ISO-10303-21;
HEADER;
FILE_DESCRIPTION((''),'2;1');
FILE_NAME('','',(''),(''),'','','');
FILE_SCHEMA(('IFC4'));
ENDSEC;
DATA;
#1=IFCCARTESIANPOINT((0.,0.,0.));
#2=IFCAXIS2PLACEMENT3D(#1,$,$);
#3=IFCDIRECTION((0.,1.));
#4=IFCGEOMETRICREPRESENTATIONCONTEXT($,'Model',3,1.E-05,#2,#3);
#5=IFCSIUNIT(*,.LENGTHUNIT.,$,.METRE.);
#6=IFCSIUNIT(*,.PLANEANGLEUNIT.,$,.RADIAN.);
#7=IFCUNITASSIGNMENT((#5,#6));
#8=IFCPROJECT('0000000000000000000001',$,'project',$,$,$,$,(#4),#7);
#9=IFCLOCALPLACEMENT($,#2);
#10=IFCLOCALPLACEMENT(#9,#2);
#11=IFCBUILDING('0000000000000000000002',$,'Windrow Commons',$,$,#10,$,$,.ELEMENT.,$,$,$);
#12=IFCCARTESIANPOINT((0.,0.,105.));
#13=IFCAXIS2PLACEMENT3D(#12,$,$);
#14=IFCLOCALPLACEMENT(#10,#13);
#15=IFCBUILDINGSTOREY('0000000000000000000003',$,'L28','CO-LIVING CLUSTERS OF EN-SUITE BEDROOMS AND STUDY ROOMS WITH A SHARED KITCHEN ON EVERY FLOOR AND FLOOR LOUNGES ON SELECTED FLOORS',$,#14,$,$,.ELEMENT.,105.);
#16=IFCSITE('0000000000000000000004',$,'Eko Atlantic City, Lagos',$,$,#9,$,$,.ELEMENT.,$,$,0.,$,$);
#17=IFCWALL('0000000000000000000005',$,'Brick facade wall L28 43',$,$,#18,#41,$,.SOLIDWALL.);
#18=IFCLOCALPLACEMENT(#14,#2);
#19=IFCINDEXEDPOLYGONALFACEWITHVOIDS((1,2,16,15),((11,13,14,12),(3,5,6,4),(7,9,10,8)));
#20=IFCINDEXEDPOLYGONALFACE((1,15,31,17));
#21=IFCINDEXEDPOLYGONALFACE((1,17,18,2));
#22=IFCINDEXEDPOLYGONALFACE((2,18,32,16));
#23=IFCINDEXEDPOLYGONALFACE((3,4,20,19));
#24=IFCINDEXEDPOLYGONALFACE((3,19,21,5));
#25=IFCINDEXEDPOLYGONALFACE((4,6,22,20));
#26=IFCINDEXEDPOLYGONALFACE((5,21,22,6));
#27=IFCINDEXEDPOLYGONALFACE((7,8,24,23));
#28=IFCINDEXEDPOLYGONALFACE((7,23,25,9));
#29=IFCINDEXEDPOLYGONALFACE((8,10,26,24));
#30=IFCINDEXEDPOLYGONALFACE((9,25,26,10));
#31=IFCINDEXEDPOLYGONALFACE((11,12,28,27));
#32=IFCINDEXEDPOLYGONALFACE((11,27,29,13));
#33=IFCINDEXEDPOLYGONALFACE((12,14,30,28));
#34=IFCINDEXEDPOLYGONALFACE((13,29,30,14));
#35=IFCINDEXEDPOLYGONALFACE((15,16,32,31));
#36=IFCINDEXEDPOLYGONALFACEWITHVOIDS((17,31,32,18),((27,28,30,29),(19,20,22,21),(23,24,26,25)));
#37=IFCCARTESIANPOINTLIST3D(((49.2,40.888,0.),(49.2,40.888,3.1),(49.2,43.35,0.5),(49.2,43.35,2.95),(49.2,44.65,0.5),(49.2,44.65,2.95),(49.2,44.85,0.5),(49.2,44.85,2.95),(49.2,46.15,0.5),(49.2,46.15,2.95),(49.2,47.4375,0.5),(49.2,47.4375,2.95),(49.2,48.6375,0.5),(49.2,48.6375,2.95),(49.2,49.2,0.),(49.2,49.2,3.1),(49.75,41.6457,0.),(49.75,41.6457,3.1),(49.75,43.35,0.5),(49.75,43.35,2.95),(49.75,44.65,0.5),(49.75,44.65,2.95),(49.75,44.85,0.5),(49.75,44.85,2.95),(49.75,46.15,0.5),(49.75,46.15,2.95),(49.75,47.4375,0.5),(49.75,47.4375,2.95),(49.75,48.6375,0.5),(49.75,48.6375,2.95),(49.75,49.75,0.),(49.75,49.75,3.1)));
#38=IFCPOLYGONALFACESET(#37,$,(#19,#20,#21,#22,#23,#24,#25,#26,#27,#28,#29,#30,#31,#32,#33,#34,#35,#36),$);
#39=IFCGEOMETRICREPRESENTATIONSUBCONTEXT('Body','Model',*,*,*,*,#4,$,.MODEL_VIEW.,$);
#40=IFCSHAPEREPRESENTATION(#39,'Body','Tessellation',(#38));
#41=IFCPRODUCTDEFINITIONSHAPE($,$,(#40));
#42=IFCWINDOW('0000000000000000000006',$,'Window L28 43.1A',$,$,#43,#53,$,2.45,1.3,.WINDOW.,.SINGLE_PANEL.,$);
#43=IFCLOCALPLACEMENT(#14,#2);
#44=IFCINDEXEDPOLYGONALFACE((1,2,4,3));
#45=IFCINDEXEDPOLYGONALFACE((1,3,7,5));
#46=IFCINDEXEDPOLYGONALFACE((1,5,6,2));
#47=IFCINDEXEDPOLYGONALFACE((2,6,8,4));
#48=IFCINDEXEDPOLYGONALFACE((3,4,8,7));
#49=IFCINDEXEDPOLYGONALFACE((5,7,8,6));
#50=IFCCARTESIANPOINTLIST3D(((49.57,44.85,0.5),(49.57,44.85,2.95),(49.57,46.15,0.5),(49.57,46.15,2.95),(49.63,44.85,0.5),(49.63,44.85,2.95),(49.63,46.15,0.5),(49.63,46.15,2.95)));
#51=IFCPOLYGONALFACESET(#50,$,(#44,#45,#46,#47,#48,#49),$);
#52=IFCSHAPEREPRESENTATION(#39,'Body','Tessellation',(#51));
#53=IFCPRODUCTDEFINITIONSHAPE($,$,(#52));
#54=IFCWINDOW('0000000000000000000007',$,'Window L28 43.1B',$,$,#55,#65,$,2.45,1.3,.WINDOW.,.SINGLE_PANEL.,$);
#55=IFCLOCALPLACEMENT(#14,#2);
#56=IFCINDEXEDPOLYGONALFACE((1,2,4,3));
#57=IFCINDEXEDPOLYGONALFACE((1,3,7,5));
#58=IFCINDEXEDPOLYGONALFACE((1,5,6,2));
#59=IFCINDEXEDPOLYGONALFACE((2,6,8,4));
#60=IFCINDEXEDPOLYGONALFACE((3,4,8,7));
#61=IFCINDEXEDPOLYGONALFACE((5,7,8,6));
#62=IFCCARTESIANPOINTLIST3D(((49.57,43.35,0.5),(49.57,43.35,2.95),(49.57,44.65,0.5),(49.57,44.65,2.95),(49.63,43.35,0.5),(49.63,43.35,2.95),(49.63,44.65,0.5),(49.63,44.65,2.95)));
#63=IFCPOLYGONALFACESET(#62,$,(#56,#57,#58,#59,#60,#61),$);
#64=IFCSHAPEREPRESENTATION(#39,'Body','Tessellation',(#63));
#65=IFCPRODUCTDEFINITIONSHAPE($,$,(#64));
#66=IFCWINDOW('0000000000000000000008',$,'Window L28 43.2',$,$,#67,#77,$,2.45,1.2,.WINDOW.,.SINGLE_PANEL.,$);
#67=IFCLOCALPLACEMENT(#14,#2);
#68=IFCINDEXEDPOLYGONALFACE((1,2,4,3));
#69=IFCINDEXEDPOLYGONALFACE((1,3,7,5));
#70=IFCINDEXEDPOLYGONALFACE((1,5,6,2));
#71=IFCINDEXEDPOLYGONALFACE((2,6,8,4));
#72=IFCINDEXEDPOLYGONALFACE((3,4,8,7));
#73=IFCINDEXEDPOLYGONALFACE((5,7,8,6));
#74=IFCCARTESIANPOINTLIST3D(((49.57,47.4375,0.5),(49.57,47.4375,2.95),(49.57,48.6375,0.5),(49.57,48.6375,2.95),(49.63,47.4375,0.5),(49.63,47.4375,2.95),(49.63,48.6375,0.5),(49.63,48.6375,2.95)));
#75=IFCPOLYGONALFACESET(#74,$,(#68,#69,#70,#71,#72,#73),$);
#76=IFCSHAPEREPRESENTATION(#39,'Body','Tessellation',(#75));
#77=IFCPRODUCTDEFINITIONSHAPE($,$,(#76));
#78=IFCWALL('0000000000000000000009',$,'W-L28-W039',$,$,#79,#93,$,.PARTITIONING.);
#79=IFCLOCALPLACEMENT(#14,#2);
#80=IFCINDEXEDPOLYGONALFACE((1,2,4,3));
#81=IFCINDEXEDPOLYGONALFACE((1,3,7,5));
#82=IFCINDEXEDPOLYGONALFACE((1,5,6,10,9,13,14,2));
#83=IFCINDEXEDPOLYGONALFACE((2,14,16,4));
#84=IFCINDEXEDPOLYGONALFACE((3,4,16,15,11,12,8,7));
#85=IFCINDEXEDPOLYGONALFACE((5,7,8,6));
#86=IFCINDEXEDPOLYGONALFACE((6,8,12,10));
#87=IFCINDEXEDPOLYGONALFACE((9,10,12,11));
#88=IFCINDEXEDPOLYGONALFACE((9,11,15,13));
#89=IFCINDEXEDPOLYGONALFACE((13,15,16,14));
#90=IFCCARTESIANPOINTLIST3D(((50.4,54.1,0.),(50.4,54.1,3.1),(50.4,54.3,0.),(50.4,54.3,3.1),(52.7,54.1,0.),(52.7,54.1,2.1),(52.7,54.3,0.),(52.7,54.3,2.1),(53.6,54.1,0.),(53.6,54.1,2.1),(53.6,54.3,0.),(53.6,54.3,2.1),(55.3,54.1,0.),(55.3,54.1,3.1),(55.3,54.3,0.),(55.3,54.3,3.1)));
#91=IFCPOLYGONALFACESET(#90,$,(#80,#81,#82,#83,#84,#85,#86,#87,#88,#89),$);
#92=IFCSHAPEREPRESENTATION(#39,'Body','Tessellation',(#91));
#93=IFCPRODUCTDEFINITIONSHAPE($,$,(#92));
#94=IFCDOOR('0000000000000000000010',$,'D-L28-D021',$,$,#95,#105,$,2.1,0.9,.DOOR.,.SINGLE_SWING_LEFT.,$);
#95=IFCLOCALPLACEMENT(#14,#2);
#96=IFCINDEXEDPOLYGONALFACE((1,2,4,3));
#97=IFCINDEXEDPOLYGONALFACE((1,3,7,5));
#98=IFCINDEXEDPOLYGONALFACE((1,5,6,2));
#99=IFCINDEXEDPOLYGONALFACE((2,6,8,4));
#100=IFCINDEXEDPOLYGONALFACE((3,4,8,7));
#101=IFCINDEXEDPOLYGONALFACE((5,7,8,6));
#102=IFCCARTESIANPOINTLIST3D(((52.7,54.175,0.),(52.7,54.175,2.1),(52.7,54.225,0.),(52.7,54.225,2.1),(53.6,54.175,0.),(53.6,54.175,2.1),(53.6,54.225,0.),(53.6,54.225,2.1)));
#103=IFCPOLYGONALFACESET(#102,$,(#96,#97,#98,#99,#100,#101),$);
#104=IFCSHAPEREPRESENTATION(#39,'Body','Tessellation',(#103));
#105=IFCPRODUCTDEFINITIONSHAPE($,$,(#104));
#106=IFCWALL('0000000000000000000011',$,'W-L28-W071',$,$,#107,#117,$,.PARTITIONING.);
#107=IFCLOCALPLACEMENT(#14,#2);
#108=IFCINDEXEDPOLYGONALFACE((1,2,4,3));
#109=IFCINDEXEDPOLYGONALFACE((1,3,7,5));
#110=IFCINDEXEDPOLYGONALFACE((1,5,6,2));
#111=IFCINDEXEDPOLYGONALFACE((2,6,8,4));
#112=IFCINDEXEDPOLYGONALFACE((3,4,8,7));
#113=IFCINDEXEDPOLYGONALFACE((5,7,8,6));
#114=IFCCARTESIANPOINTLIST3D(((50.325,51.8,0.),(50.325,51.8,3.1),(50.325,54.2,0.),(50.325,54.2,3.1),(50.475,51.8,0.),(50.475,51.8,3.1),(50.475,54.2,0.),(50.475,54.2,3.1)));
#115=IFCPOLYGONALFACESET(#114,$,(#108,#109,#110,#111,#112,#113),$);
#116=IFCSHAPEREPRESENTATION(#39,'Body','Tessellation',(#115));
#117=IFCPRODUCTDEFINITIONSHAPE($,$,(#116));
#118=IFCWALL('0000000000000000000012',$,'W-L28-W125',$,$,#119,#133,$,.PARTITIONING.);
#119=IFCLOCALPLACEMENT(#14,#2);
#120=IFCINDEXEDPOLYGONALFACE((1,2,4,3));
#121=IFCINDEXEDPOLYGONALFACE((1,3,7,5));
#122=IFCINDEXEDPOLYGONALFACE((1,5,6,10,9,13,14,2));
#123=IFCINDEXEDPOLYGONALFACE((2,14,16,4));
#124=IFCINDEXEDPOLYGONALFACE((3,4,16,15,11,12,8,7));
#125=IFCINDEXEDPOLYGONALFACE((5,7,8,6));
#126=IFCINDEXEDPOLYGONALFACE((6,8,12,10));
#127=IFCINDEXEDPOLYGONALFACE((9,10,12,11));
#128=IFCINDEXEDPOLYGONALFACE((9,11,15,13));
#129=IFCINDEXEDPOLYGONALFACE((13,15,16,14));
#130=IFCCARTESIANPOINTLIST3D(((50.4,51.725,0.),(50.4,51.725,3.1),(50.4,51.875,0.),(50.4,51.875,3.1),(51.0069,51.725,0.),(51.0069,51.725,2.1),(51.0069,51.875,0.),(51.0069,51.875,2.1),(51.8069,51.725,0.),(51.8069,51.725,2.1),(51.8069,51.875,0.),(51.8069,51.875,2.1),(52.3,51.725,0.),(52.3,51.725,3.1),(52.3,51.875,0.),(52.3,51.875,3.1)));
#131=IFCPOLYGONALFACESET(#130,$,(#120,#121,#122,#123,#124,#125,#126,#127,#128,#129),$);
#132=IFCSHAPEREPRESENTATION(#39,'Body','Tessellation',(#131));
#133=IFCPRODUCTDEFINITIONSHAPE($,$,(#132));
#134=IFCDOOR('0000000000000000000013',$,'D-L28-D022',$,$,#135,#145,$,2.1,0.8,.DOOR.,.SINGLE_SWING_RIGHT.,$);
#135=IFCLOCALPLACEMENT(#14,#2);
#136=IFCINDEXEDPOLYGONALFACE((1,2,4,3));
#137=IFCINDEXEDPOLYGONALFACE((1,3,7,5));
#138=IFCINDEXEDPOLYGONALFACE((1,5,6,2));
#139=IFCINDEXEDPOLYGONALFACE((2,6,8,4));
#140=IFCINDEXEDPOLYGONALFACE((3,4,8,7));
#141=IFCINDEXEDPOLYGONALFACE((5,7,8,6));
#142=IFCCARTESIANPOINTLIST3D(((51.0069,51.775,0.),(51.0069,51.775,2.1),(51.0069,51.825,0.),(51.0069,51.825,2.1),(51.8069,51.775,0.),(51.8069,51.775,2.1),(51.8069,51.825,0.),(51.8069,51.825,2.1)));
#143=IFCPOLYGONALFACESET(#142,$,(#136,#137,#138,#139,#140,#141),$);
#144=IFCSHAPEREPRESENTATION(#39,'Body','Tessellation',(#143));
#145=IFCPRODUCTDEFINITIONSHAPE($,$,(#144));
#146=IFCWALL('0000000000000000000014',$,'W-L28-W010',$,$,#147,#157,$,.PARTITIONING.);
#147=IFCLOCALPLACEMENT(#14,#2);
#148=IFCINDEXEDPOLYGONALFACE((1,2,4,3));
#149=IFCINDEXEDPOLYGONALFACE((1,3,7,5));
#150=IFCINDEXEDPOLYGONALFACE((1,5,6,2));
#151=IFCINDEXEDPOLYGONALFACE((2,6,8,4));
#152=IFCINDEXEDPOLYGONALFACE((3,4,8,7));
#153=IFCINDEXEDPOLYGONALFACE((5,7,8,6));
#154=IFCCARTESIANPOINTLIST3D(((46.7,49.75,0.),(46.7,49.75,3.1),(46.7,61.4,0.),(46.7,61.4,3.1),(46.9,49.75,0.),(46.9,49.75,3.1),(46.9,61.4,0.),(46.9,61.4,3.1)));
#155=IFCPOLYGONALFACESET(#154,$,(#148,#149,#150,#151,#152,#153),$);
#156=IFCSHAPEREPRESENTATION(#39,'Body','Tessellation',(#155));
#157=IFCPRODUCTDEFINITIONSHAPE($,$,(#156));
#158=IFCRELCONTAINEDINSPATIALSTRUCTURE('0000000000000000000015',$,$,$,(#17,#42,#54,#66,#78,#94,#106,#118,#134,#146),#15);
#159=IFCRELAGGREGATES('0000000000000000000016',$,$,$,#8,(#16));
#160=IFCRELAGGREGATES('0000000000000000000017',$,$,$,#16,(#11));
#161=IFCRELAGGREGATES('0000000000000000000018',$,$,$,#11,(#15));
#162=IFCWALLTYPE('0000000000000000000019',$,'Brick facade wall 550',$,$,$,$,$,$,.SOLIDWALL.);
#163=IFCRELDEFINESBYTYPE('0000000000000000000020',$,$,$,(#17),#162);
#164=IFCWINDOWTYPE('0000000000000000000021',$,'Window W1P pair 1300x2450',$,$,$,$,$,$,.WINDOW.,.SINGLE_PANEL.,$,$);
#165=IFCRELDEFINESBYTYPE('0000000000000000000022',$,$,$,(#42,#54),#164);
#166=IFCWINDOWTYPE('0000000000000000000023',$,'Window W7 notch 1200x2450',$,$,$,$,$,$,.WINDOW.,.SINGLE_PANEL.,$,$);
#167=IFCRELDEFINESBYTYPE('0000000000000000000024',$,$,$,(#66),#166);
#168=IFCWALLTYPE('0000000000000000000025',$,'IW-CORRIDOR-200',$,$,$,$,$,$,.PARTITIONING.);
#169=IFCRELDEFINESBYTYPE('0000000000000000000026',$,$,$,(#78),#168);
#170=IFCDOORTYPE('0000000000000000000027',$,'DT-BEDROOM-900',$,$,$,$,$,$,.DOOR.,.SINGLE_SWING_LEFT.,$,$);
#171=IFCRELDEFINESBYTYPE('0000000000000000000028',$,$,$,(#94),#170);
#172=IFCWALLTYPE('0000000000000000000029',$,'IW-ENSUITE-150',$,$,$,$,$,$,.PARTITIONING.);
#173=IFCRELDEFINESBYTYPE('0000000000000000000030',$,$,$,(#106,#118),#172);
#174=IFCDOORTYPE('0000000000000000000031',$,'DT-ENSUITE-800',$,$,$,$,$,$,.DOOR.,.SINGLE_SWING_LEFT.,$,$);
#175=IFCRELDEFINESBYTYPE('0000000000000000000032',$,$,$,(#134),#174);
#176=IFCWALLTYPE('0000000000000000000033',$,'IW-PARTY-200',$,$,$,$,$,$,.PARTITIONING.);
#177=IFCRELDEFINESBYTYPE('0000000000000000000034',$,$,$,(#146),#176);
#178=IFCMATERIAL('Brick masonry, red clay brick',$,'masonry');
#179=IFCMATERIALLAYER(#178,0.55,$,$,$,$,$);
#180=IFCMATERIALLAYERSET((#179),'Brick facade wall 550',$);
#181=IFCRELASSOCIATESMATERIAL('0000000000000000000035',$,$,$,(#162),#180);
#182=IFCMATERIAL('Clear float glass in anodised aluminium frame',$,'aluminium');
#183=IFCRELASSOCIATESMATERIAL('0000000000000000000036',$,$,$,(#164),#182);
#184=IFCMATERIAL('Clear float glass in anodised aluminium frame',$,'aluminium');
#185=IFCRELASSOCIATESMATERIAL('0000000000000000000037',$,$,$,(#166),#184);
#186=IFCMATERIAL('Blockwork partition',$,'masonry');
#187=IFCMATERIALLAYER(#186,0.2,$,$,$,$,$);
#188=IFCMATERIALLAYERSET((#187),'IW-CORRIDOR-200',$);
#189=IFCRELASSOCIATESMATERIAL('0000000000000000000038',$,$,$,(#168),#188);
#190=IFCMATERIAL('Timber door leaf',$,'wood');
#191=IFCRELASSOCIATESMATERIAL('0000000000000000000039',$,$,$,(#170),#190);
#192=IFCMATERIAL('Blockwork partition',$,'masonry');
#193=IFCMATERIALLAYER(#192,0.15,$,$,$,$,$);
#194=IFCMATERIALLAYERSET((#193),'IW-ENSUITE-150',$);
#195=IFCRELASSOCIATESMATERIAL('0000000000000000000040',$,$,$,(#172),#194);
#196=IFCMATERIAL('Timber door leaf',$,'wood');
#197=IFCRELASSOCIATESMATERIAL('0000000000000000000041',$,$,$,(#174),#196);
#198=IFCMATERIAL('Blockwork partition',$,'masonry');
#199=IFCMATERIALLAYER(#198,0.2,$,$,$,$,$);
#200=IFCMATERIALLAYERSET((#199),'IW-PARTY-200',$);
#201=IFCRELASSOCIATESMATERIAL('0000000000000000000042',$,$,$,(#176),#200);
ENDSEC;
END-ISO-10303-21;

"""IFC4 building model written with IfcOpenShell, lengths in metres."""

from ifc_helpers import new_model, si_unit, direction, frame, frame_2d, origin, place, context, subcontext, project, spatial, polyline, rectangle, outline, extrude, material, layer, layer_set, type_object, element, fill, save


model = new_model("IFC4")

# Units and contexts
model_context = context("Model", 3, precision=1e-05, world=origin(), true_north=direction((0.0, 1.0)))
body_context = subcontext(model_context, "Body", "Model", "MODEL_VIEW")
ifc_project = project(units=[si_unit("LENGTHUNIT", "METRE"), si_unit("PLANEANGLEUNIT", "RADIAN")], contexts=[model_context])

# Site, building, storey
site_placement = place(None, origin())
site = spatial("IfcSite", under=ifc_project, at=site_placement, Name="Eko Atlantic City, Lagos", CompositionType="ELEMENT", RefElevation=0.0)
building_placement = place(site_placement, origin())
building = spatial("IfcBuilding", under=site, at=building_placement, Name="Windrow Commons", CompositionType="ELEMENT")
storey_placement = place(building_placement, frame((0.0, 0.0, 105.0)))
storey = spatial("IfcBuildingStorey", under=building, at=storey_placement, Name="L28", Description="CO-LIVING CLUSTERS OF EN-SUITE BEDROOMS AND STUDY ROOMS WITH A SHARED KITCHEN ON EVERY FLOOR AND FLOOR LOUNGES ON SELECTED FLOORS", CompositionType="ELEMENT", Elevation=105.0)

# Wall, openings, windows
ifc_material_1 = material(Name="Brick masonry, red clay brick", Category="masonry")
ifc_layer_1 = layer(ifc_material_1, 0.55)
ifc_layer_set_1 = layer_set([ifc_layer_1], Name="Brick facade wall 550")
wall_type_1 = type_object("IfcWallType", Name="Brick facade wall 550", PredefinedType="SOLIDWALL", material=ifc_layer_set_1)
ifc_material_2 = material(Name="Clear float glass in anodised aluminium frame", Category="aluminium")
window_type_1 = type_object("IfcWindowType", Name="Window W1P pair 1300x2450", PartitioningType="SINGLE_PANEL", PredefinedType="WINDOW", material=ifc_material_2)
ifc_material_3 = material(Name="Clear float glass in anodised aluminium frame", Category="aluminium")
window_type_2 = type_object("IfcWindowType", Name="Window W7 notch 1200x2450", PartitioningType="SINGLE_PANEL", PredefinedType="WINDOW", material=ifc_material_3)
wall_1_placement = place(storey_placement, frame((49.475, 49.475, 0.0), z_axis=(0.0, 0.0, 1.0), x_axis=(0.0, -1.0, 0.0)))
wall_1 = element("IfcWall", 1, at=wall_1_placement, inside=storey, type_object=wall_type_1, Name="Brick facade wall L28 43", PredefinedType="SOLIDWALL", context=body_context, shape_type="SweptSolid", body=[
    extrude(outline(polyline([(0.275, -0.275), (8.587, -0.275), (7.8293, 0.275), (-0.275, 0.275), (0.275, -0.275)])), origin(), (0.0, 0.0, 1.0), 3.1),
])
opening_1_placement = place(wall_1_placement, frame((3.325, 0.0, 0.5)))
opening_1 = element("IfcOpeningElement", 2, at=opening_1_placement, cuts=wall_1, PredefinedType="OPENING", context=body_context, shape_type="SweptSolid", body=[
    extrude(rectangle(XDim=1.3, YDim=2.45, at=frame_2d((0.65, 1.225))), frame((0.0, 0.285, 0.0), z_axis=(0.0, -1.0, 0.0), x_axis=(1.0, 0.0, 0.0)), (0.0, 0.0, 1.0), 0.57),
])
opening_2_placement = place(wall_1_placement, frame((4.825, 0.0, 0.5)))
opening_2 = element("IfcOpeningElement", 3, at=opening_2_placement, cuts=wall_1, PredefinedType="OPENING", context=body_context, shape_type="SweptSolid", body=[
    extrude(rectangle(XDim=1.3, YDim=2.45, at=frame_2d((0.65, 1.225))), frame((0.0, 0.285, 0.0), z_axis=(0.0, -1.0, 0.0), x_axis=(1.0, 0.0, 0.0)), (0.0, 0.0, 1.0), 0.57),
])
opening_3_placement = place(wall_1_placement, frame((0.8375, 0.0, 0.5)))
opening_3 = element("IfcOpeningElement", 4, at=opening_3_placement, cuts=wall_1, PredefinedType="OPENING", context=body_context, shape_type="SweptSolid", body=[
    extrude(rectangle(XDim=1.2, YDim=2.45, at=frame_2d((0.6, 1.225))), frame((0.0, 0.285, 0.0), z_axis=(0.0, -1.0, 0.0), x_axis=(1.0, 0.0, 0.0)), (0.0, 0.0, 1.0), 0.57),
])
window_1_placement = place(opening_1_placement, origin())
window_1 = element("IfcWindow", 5, at=window_1_placement, inside=storey, type_object=window_type_1, Name="Window L28 43.1A", OverallHeight=2.45, OverallWidth=1.3, PartitioningType="SINGLE_PANEL", PredefinedType="WINDOW", context=body_context, shape_type="SweptSolid", body=[
    extrude(rectangle(XDim=1.3, YDim=2.45, at=frame_2d((0.65, 1.225))), frame((0.0, 0.155, 0.0), z_axis=(0.0, -1.0, 0.0), x_axis=(1.0, 0.0, 0.0)), (0.0, 0.0, 1.0), 0.06),
])
fill(opening_1, window_1)
window_2_placement = place(opening_2_placement, origin())
window_2 = element("IfcWindow", 6, at=window_2_placement, inside=storey, type_object=window_type_1, Name="Window L28 43.1B", OverallHeight=2.45, OverallWidth=1.3, PartitioningType="SINGLE_PANEL", PredefinedType="WINDOW", context=body_context, shape_type="SweptSolid", body=[
    extrude(rectangle(XDim=1.3, YDim=2.45, at=frame_2d((0.65, 1.225))), frame((0.0, 0.155, 0.0), z_axis=(0.0, -1.0, 0.0), x_axis=(1.0, 0.0, 0.0)), (0.0, 0.0, 1.0), 0.06),
])
fill(opening_2, window_2)
window_3_placement = place(opening_3_placement, origin())
window_3 = element("IfcWindow", 7, at=window_3_placement, inside=storey, type_object=window_type_2, Name="Window L28 43.2", OverallHeight=2.45, OverallWidth=1.2, PartitioningType="SINGLE_PANEL", PredefinedType="WINDOW", context=body_context, shape_type="SweptSolid", body=[
    extrude(rectangle(XDim=1.2, YDim=2.45, at=frame_2d((0.6, 1.225))), frame((0.0, 0.155, 0.0), z_axis=(0.0, -1.0, 0.0), x_axis=(1.0, 0.0, 0.0)), (0.0, 0.0, 1.0), 0.06),
])
fill(opening_3, window_3)

# Wall, opening, door
ifc_material_4 = material(Name="Blockwork partition", Category="masonry")
ifc_layer_2 = layer(ifc_material_4, 0.2)
ifc_layer_set_2 = layer_set([ifc_layer_2], Name="IW-CORRIDOR-200")
wall_type_2 = type_object("IfcWallType", Name="IW-CORRIDOR-200", PredefinedType="PARTITIONING", material=ifc_layer_set_2)
wall_2_placement = place(storey_placement, frame((50.4, 54.2, 0.0), z_axis=(0.0, 0.0, 1.0), x_axis=(1.0, 0.0, 0.0)))
wall_2 = element("IfcWall", 8, at=wall_2_placement, inside=storey, type_object=wall_type_2, Name="W-L28-W039", PredefinedType="PARTITIONING", context=body_context, shape_type="SweptSolid", body=[
    extrude(rectangle(XDim=4.9, YDim=0.2, at=frame_2d((2.45, 0.0))), origin(), (0.0, 0.0, 1.0), 3.1),
])
opening_4_placement = place(wall_2_placement, frame((2.3, 0.0, 0.0)))
opening_4 = element("IfcOpeningElement", 9, at=opening_4_placement, cuts=wall_2, PredefinedType="OPENING", context=body_context, shape_type="SweptSolid", body=[
    extrude(rectangle(XDim=0.9, YDim=2.1, at=frame_2d((0.45, 1.05))), frame((0.0, 0.11, 0.0), z_axis=(0.0, -1.0, 0.0), x_axis=(1.0, 0.0, 0.0)), (0.0, 0.0, 1.0), 0.22),
])
ifc_material_5 = material(Name="Timber door leaf", Category="wood")
door_type_1 = type_object("IfcDoorType", Name="DT-BEDROOM-900", OperationType="SINGLE_SWING_LEFT", PredefinedType="DOOR", material=ifc_material_5)
door_1_placement = place(opening_4_placement, origin())
door_1 = element("IfcDoor", 10, at=door_1_placement, inside=storey, type_object=door_type_1, Name="D-L28-D021", OperationType="SINGLE_SWING_LEFT", OverallHeight=2.1, OverallWidth=0.9, PredefinedType="DOOR", context=body_context, shape_type="SweptSolid", body=[
    extrude(rectangle(XDim=0.9, YDim=2.1, at=frame_2d((0.45, 1.05))), frame((0.0, 0.025, 0.0), z_axis=(0.0, -1.0, 0.0), x_axis=(1.0, 0.0, 0.0)), (0.0, 0.0, 1.0), 0.05),
])
fill(opening_4, door_1)

# Wall
ifc_material_6 = material(Name="Blockwork partition", Category="masonry")
ifc_layer_3 = layer(ifc_material_6, 0.15)
ifc_layer_set_3 = layer_set([ifc_layer_3], Name="IW-ENSUITE-150")
wall_type_3 = type_object("IfcWallType", Name="IW-ENSUITE-150", PredefinedType="PARTITIONING", material=ifc_layer_set_3)
wall_3_placement = place(storey_placement, frame((50.4, 51.8, 0.0), z_axis=(0.0, 0.0, 1.0), x_axis=(0.0, 1.0, 0.0)))
element("IfcWall", 11, at=wall_3_placement, inside=storey, type_object=wall_type_3, Name="W-L28-W071", PredefinedType="PARTITIONING", context=body_context, shape_type="SweptSolid", body=[
    extrude(rectangle(XDim=2.4, YDim=0.15, at=frame_2d((1.2, 0.0))), origin(), (0.0, 0.0, 1.0), 3.1),
])

# Wall, opening, door
wall_4_placement = place(storey_placement, frame((50.4, 51.8, 0.0), z_axis=(0.0, 0.0, 1.0), x_axis=(1.0, 0.0, 0.0)))
wall_4 = element("IfcWall", 12, at=wall_4_placement, inside=storey, type_object=wall_type_3, Name="W-L28-W125", PredefinedType="PARTITIONING", context=body_context, shape_type="SweptSolid", body=[
    extrude(rectangle(XDim=1.9, YDim=0.15, at=frame_2d((0.95, 0.0))), origin(), (0.0, 0.0, 1.0), 3.1),
])
opening_5_placement = place(wall_4_placement, frame((0.6069, 0.0, 0.0)))
opening_5 = element("IfcOpeningElement", 13, at=opening_5_placement, cuts=wall_4, PredefinedType="OPENING", context=body_context, shape_type="SweptSolid", body=[
    extrude(rectangle(XDim=0.8, YDim=2.1, at=frame_2d((0.4, 1.05))), frame((0.0, 0.085, 0.0), z_axis=(0.0, -1.0, 0.0), x_axis=(1.0, 0.0, 0.0)), (0.0, 0.0, 1.0), 0.17),
])
ifc_material_7 = material(Name="Timber door leaf", Category="wood")
door_type_2 = type_object("IfcDoorType", Name="DT-ENSUITE-800", OperationType="SINGLE_SWING_LEFT", PredefinedType="DOOR", material=ifc_material_7)
door_2_placement = place(opening_5_placement, origin())
door_2 = element("IfcDoor", 14, at=door_2_placement, inside=storey, type_object=door_type_2, Name="D-L28-D022", OperationType="SINGLE_SWING_RIGHT", OverallHeight=2.1, OverallWidth=0.8, PredefinedType="DOOR", context=body_context, shape_type="SweptSolid", body=[
    extrude(rectangle(XDim=0.8, YDim=2.1, at=frame_2d((0.4, 1.05))), frame((0.0, 0.025, 0.0), z_axis=(0.0, -1.0, 0.0), x_axis=(1.0, 0.0, 0.0)), (0.0, 0.0, 1.0), 0.05),
])
fill(opening_5, door_2)

# Wall
ifc_material_8 = material(Name="Blockwork partition", Category="masonry")
ifc_layer_4 = layer(ifc_material_8, 0.2)
ifc_layer_set_4 = layer_set([ifc_layer_4], Name="IW-PARTY-200")
wall_type_4 = type_object("IfcWallType", Name="IW-PARTY-200", PredefinedType="PARTITIONING", material=ifc_layer_set_4)
wall_5_placement = place(storey_placement, frame((46.8, 49.75, 0.0), z_axis=(0.0, 0.0, 1.0), x_axis=(0.0, 1.0, 0.0)))
element("IfcWall", 15, at=wall_5_placement, inside=storey, type_object=wall_type_4, Name="W-L28-W010", PredefinedType="PARTITIONING", context=body_context, shape_type="SweptSolid", body=[
    extrude(rectangle(XDim=11.65, YDim=0.2, at=frame_2d((5.825, 0.0))), origin(), (0.0, 0.0, 1.0), 3.1),
])

save(model, "model.ifc")
